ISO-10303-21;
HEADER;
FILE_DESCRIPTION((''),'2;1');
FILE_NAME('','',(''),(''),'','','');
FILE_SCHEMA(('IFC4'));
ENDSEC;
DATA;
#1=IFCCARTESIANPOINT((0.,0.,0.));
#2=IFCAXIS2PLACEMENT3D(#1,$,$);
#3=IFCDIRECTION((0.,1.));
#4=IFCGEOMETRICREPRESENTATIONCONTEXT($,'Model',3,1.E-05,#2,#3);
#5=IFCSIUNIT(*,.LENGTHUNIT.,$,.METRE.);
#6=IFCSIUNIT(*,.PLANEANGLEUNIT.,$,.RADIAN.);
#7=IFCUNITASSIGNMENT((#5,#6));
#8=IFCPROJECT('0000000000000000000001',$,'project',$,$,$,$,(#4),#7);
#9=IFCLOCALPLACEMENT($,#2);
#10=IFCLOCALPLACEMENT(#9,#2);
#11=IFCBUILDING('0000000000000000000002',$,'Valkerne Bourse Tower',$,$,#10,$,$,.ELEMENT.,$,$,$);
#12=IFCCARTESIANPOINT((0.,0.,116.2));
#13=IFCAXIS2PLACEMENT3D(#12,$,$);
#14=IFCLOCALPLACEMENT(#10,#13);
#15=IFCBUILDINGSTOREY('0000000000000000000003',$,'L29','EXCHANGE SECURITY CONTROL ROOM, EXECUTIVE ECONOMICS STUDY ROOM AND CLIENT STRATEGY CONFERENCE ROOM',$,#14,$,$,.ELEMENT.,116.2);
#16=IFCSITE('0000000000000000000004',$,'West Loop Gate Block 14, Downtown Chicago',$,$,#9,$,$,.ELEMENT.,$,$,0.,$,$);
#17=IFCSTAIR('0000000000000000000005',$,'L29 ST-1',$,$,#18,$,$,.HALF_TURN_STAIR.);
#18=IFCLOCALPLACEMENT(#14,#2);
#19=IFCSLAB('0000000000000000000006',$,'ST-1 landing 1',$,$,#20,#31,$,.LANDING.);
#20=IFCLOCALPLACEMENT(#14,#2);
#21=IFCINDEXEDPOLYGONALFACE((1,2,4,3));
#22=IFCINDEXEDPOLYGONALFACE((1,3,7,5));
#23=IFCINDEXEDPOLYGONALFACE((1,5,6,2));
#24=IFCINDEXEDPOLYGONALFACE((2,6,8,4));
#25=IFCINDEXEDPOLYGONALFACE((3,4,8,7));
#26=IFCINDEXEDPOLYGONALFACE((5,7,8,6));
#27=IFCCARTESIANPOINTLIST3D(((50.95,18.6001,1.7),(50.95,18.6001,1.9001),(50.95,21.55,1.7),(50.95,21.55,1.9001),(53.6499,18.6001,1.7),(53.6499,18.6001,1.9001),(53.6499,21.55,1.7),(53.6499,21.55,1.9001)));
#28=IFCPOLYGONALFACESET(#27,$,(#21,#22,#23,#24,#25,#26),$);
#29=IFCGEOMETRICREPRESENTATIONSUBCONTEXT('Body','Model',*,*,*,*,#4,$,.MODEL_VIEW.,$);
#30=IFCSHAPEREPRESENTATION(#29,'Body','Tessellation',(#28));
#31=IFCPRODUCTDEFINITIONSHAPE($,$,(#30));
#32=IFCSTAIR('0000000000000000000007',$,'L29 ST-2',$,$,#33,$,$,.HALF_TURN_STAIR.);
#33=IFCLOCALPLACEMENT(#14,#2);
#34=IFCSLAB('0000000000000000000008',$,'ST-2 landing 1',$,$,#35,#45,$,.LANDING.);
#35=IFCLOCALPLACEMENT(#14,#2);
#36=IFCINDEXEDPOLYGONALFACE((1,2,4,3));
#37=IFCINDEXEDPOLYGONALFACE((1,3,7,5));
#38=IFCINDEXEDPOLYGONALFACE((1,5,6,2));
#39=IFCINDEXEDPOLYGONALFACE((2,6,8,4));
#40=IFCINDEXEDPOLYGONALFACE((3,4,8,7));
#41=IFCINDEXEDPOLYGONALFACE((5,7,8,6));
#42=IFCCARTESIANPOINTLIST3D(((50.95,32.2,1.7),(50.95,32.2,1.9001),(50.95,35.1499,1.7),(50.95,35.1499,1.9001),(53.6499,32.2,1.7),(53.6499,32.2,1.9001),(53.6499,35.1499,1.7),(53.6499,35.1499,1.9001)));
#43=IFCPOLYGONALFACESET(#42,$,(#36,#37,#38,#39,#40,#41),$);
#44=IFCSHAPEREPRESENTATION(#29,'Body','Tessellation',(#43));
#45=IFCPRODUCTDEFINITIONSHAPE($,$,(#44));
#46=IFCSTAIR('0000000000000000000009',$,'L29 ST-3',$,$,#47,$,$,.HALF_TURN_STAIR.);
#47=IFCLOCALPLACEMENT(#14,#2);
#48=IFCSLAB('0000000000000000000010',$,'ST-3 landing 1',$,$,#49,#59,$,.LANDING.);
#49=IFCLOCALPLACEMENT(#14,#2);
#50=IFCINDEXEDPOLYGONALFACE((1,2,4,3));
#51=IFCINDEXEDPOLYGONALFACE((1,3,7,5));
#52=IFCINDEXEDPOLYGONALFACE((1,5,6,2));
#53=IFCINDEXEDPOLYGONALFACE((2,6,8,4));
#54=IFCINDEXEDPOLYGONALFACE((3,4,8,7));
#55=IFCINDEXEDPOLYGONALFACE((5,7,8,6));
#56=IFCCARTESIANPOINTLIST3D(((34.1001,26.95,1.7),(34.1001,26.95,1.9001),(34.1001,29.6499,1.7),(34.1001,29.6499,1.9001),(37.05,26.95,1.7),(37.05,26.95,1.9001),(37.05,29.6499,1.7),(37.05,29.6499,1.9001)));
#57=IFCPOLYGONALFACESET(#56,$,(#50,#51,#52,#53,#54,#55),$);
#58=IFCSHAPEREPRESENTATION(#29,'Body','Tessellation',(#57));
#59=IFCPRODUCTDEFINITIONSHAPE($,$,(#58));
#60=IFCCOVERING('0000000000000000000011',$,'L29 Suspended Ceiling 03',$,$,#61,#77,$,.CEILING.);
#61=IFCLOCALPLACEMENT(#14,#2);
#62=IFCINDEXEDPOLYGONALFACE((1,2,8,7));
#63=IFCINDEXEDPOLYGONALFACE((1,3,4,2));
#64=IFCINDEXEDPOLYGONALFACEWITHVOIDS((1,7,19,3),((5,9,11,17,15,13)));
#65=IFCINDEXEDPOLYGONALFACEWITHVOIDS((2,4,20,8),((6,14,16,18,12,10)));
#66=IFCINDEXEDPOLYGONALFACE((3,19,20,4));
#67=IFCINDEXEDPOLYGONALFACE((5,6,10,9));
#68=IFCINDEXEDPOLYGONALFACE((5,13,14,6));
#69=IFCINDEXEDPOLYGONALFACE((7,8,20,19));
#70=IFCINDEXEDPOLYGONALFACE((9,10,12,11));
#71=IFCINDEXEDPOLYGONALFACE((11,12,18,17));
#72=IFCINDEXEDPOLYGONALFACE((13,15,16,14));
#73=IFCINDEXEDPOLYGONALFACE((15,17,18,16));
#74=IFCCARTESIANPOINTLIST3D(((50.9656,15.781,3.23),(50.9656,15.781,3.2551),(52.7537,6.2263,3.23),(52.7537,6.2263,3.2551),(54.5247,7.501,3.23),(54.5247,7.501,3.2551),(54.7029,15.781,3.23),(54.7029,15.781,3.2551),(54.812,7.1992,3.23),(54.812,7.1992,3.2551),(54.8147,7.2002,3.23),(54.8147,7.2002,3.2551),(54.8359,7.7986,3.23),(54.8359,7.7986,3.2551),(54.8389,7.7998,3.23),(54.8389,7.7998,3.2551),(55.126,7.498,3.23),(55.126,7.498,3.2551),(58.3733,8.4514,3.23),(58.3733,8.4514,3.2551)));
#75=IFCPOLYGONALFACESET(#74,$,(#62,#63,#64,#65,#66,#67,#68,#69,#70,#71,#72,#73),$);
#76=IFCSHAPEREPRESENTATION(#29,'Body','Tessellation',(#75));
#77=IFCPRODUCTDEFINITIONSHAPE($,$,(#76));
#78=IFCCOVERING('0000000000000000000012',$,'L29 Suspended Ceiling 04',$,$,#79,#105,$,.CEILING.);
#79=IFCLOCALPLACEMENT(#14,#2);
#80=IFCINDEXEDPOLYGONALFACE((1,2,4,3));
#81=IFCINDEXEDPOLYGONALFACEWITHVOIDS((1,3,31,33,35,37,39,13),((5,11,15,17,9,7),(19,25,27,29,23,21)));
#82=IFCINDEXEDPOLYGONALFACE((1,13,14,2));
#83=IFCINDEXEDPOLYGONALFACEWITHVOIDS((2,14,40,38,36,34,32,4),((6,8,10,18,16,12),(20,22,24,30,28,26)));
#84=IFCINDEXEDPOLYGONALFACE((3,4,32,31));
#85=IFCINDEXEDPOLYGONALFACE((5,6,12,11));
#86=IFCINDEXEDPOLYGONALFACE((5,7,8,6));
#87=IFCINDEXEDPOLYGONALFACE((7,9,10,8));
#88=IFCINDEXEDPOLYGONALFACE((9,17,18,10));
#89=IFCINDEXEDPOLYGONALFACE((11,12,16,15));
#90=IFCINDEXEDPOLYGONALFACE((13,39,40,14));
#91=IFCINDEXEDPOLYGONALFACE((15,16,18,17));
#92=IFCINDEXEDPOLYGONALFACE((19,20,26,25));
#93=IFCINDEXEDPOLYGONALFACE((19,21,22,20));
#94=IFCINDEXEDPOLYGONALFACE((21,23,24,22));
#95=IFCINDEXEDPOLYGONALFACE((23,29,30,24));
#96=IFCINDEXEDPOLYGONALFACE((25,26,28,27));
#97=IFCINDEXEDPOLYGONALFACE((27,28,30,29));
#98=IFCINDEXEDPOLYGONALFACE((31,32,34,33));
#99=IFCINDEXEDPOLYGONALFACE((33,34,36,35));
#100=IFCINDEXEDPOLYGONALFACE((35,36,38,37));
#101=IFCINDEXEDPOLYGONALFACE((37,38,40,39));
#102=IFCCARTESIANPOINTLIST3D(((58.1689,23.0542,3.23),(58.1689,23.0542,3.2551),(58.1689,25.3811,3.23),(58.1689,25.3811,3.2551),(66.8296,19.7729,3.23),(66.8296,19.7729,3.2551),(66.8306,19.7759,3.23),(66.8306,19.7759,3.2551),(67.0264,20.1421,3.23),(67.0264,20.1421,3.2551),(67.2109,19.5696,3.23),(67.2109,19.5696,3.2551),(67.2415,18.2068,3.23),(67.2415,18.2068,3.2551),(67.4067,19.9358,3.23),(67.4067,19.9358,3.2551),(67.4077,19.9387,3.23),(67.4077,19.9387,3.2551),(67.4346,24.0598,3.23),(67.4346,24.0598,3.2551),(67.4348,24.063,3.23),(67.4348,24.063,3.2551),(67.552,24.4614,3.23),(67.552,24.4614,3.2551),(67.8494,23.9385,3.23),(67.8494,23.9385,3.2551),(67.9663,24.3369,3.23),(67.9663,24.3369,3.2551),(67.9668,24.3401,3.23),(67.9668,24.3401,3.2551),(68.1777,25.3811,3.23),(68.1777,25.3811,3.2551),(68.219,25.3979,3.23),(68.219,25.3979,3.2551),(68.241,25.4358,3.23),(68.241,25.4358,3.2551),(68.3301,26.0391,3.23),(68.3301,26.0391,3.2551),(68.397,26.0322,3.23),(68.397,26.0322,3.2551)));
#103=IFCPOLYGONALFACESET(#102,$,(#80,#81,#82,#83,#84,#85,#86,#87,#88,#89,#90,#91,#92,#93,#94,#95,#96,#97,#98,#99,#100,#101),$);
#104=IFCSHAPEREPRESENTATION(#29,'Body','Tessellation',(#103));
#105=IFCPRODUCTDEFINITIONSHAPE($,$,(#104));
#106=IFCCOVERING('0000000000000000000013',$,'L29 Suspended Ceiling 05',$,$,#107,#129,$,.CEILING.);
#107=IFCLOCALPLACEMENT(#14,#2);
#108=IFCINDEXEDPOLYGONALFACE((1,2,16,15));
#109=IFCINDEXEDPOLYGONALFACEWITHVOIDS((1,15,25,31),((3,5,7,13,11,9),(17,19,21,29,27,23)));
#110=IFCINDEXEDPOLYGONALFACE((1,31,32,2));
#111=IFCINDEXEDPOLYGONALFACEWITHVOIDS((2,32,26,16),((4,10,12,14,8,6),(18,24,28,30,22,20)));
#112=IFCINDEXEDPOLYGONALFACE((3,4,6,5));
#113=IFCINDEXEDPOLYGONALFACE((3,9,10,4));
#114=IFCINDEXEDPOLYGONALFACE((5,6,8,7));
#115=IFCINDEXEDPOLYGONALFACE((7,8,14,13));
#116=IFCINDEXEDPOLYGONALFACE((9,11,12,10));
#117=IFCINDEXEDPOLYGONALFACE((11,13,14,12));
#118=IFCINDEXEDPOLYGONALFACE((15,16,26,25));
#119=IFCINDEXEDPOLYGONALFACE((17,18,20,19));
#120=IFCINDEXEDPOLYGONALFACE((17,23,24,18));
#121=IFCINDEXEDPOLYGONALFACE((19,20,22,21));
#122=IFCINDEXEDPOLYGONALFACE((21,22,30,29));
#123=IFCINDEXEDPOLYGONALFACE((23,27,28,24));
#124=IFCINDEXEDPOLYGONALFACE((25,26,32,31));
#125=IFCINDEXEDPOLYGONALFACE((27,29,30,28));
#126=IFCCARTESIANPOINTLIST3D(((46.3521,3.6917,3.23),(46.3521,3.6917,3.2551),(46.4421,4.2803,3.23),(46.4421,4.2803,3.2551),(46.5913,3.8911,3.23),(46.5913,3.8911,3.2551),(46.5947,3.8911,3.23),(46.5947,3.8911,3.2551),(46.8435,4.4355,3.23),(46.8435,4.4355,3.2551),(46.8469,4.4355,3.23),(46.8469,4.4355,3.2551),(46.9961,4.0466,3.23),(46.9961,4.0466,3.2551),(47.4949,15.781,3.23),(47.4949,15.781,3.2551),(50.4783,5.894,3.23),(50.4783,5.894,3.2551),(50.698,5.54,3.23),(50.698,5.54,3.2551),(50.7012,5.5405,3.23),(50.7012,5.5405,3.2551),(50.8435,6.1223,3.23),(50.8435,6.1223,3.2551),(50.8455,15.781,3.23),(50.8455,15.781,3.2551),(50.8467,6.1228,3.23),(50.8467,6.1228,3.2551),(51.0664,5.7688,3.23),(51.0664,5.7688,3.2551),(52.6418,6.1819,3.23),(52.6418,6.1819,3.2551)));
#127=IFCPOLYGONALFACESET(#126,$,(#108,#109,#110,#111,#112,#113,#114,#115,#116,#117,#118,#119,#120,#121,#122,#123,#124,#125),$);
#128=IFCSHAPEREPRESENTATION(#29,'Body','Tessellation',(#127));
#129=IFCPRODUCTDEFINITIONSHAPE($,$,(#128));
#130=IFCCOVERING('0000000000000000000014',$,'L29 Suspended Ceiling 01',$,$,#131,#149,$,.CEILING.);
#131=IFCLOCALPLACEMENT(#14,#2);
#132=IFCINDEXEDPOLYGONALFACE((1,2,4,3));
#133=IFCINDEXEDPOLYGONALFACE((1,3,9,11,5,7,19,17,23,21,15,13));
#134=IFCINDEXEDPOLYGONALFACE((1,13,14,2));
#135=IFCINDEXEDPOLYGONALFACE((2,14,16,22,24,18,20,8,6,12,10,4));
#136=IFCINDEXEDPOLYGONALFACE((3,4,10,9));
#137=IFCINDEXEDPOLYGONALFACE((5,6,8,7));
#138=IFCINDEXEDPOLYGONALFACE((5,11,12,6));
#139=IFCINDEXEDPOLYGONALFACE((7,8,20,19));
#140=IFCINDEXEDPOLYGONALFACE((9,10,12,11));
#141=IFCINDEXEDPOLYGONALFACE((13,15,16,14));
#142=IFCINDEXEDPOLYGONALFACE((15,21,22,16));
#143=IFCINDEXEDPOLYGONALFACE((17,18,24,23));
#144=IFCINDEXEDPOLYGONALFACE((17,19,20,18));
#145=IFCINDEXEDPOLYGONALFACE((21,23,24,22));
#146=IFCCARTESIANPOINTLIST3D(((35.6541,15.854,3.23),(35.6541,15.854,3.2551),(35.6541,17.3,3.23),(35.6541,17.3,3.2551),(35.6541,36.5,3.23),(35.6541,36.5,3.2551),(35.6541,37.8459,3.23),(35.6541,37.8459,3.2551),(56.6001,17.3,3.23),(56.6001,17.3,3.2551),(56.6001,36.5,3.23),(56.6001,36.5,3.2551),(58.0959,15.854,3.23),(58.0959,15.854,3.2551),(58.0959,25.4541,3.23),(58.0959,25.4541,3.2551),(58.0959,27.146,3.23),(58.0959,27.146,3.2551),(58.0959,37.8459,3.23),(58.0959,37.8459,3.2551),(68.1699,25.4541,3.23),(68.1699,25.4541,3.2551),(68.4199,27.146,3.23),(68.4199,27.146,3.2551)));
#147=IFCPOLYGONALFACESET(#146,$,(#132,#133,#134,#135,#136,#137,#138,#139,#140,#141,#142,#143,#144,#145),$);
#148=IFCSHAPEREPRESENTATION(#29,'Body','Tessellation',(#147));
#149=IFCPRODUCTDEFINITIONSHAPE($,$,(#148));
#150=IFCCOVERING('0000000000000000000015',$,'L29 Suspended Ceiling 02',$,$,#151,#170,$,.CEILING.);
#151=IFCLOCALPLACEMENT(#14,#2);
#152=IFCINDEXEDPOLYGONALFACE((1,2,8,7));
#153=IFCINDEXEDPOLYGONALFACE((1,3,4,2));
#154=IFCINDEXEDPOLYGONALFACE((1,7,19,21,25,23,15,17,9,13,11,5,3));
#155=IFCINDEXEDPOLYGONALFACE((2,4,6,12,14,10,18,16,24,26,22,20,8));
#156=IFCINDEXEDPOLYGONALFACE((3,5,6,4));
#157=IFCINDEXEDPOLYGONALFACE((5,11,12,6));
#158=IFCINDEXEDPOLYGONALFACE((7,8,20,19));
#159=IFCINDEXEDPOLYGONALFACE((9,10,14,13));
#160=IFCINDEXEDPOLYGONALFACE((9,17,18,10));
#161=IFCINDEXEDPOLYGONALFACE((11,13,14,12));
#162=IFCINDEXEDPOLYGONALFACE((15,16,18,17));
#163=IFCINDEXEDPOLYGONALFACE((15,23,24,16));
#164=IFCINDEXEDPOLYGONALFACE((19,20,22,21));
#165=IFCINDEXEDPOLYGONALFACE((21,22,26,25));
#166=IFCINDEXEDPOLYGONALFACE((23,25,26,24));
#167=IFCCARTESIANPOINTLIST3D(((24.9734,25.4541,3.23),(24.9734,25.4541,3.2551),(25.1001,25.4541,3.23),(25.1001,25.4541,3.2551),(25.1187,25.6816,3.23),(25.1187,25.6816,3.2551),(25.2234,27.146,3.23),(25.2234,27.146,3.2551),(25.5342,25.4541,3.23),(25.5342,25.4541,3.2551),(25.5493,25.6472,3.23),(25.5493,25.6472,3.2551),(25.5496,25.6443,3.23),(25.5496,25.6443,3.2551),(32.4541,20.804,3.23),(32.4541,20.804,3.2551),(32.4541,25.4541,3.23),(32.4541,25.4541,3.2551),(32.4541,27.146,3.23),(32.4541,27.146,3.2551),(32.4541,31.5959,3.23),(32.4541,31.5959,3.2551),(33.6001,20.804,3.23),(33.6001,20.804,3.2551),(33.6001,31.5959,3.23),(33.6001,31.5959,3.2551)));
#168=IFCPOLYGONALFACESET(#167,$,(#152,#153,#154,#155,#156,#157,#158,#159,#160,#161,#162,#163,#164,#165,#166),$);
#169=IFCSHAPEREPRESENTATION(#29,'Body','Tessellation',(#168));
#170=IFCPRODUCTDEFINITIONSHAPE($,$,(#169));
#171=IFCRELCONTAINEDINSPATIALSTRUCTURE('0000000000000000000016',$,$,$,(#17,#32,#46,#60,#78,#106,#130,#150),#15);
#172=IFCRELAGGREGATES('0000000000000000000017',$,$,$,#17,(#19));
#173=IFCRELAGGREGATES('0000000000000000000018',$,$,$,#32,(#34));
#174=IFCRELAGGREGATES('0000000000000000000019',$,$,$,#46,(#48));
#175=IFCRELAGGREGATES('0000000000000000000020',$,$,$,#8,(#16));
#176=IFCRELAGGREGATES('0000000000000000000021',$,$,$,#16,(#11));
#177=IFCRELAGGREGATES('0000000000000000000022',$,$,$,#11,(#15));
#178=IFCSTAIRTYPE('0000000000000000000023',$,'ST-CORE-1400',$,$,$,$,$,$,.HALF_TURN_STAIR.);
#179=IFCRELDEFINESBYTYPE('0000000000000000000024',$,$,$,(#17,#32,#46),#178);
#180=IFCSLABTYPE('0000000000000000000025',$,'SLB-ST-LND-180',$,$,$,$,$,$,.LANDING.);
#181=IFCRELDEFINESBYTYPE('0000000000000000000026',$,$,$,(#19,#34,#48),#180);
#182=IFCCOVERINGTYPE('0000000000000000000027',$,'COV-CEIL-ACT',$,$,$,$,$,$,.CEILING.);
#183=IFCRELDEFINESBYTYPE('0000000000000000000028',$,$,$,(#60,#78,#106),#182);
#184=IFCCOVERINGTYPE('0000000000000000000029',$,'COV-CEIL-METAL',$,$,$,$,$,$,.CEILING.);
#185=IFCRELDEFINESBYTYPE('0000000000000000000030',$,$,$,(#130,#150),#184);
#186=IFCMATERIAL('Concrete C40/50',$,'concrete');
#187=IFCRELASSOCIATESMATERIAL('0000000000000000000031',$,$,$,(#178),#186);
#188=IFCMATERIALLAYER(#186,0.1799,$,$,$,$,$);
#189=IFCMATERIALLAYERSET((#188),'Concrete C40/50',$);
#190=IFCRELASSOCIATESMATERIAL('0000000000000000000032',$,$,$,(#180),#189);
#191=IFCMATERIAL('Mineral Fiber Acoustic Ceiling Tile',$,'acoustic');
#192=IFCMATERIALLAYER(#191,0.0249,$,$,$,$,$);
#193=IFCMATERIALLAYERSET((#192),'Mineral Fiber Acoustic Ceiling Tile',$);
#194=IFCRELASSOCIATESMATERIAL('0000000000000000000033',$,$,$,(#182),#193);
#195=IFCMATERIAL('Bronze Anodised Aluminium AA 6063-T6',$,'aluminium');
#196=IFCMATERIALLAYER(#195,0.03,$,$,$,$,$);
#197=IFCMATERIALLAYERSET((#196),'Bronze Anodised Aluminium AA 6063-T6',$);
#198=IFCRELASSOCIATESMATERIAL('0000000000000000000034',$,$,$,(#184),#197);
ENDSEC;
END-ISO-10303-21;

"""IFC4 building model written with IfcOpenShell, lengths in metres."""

from ifc_helpers import new_model, si_unit, direction, frame, origin, place, context, subcontext, project, spatial, polyline, outline, extrude, material, layer, layer_set, type_object, element, aggregate, save


model = new_model("IFC4")

# Units and contexts
model_context = context("Model", 3, precision=1e-05, world=origin(), true_north=direction((0.0, 1.0)))
body_context = subcontext(model_context, "Body", "Model", "MODEL_VIEW")
ifc_project = project(units=[si_unit("LENGTHUNIT", "METRE"), si_unit("PLANEANGLEUNIT", "RADIAN")], contexts=[model_context])

# Site, building, storey
site_placement = place(None, origin())
site = spatial("IfcSite", under=ifc_project, at=site_placement, Name="West Loop Gate Block 14, Downtown Chicago", CompositionType="ELEMENT", RefElevation=0.0)
building_placement = place(site_placement, origin())
building = spatial("IfcBuilding", under=site, at=building_placement, Name="Valkerne Bourse Tower", CompositionType="ELEMENT")
storey_placement = place(building_placement, frame((0.0, 0.0, 116.2)))
storey = spatial("IfcBuildingStorey", under=building, at=storey_placement, Name="L29", Description="EXCHANGE SECURITY CONTROL ROOM, EXECUTIVE ECONOMICS STUDY ROOM AND CLIENT STRATEGY CONFERENCE ROOM", CompositionType="ELEMENT", Elevation=116.2)

# Stairs, slabs
ifc_material_1 = material(Name="Concrete C40/50", Category="concrete")
stair_type = type_object("IfcStairType", Name="ST-CORE-1400", PredefinedType="HALF_TURN_STAIR", material=ifc_material_1)
stair_1_placement = place(storey_placement, origin())
stair_1 = element("IfcStair", 1, at=stair_1_placement, inside=storey, type_object=stair_type, Name="L29 ST-1", PredefinedType="HALF_TURN_STAIR")
ifc_layer_1 = layer(ifc_material_1, 0.1799)
ifc_layer_set_1 = layer_set([ifc_layer_1], Name="Concrete C40/50")
slab_type = type_object("IfcSlabType", Name="SLB-ST-LND-180", PredefinedType="LANDING", material=ifc_layer_set_1)
slab_1_placement = place(storey_placement, frame((0.0, 0.0, 1.7)))
slab_1 = element("IfcSlab", 2, at=slab_1_placement, type_object=slab_type, Name="ST-1 landing 1", PredefinedType="LANDING", context=body_context, shape_type="SweptSolid", body=[
    extrude(outline(polyline([(50.95, 18.6001), (53.6499, 18.6001), (53.6499, 21.55), (50.95, 21.55), (50.95, 18.6001)])), origin(), (0.0, 0.0, 1.0), 0.2002),
])
aggregate(stair_1, [slab_1])
stair_2_placement = place(storey_placement, origin())
stair_2 = element("IfcStair", 3, at=stair_2_placement, inside=storey, type_object=stair_type, Name="L29 ST-2", PredefinedType="HALF_TURN_STAIR")
slab_2_placement = place(storey_placement, frame((0.0, 0.0, 1.7)))
slab_2 = element("IfcSlab", 4, at=slab_2_placement, type_object=slab_type, Name="ST-2 landing 1", PredefinedType="LANDING", context=body_context, shape_type="SweptSolid", body=[
    extrude(outline(polyline([(50.95, 32.2), (53.6499, 32.2), (53.6499, 35.1499), (50.95, 35.1499), (50.95, 32.2)])), origin(), (0.0, 0.0, 1.0), 0.2002),
])
aggregate(stair_2, [slab_2])
stair_3_placement = place(storey_placement, origin())
stair_3 = element("IfcStair", 5, at=stair_3_placement, inside=storey, type_object=stair_type, Name="L29 ST-3", PredefinedType="HALF_TURN_STAIR")
slab_3_placement = place(storey_placement, frame((0.0, 0.0, 1.7)))
slab_3 = element("IfcSlab", 6, at=slab_3_placement, type_object=slab_type, Name="ST-3 landing 1", PredefinedType="LANDING", context=body_context, shape_type="SweptSolid", body=[
    extrude(outline(polyline([(37.05, 26.95), (37.05, 29.6499), (34.1001, 29.6499), (34.1001, 26.95), (37.05, 26.95)])), origin(), (0.0, 0.0, 1.0), 0.2002),
])
aggregate(stair_3, [slab_3])

# Coverings
ifc_material_2 = material(Name="Mineral Fiber Acoustic Ceiling Tile", Category="acoustic")
ifc_layer_2 = layer(ifc_material_2, 0.0249)
ifc_layer_set_2 = layer_set([ifc_layer_2], Name="Mineral Fiber Acoustic Ceiling Tile")
covering_type_1 = type_object("IfcCoveringType", Name="COV-CEIL-ACT", PredefinedType="CEILING", material=ifc_layer_set_2)
covering_1_placement = place(storey_placement, frame((0.0, 0.0, 3.23)))
element("IfcCovering", 7, at=covering_1_placement, inside=storey, type_object=covering_type_1, Name="L29 Suspended Ceiling 03", PredefinedType="CEILING", context=body_context, shape_type="SweptSolid", body=[
    extrude(outline(polyline([(54.7029, 15.781), (58.3733, 8.4514), (52.7537, 6.2263), (50.9656, 15.781), (54.7029, 15.781)]), holes=[polyline([(55.126, 7.498), (54.8389, 7.7998), (54.8359, 7.7986), (54.5247, 7.501), (54.812, 7.1992), (54.8147, 7.2002), (55.126, 7.498)])]), origin(), (0.0, 0.0, 1.0), 0.0251),
])
covering_2_placement = place(storey_placement, frame((0.0, 0.0, 3.23)))
element("IfcCovering", 8, at=covering_2_placement, inside=storey, type_object=covering_type_1, Name="L29 Suspended Ceiling 04", PredefinedType="CEILING", context=body_context, shape_type="SweptSolid", body=[
    extrude(outline(polyline([(58.1689, 25.3811), (68.1777, 25.3811), (68.219, 25.3979), (68.241, 25.4358), (68.3301, 26.0391), (68.397, 26.0322), (67.2415, 18.2068), (58.1689, 23.0542), (58.1689, 25.3811)]), holes=[polyline([(67.4077, 19.9387), (67.0264, 20.1421), (66.8306, 19.7759), (66.8296, 19.7729), (67.2109, 19.5696), (67.4067, 19.9358), (67.4077, 19.9387)]), polyline([(67.9668, 24.3401), (67.552, 24.4614), (67.4348, 24.063), (67.4346, 24.0598), (67.8494, 23.9385), (67.9663, 24.3369), (67.9668, 24.3401)])]), origin(), (0.0, 0.0, 1.0), 0.0251),
])
covering_3_placement = place(storey_placement, frame((0.0, 0.0, 3.23)))
element("IfcCovering", 9, at=covering_3_placement, inside=storey, type_object=covering_type_1, Name="L29 Suspended Ceiling 05", PredefinedType="CEILING", context=body_context, shape_type="SweptSolid", body=[
    extrude(outline(polyline([(50.8455, 15.781), (52.6418, 6.1819), (46.3521, 3.6917), (47.4949, 15.781), (50.8455, 15.781)]), holes=[polyline([(46.9961, 4.0466), (46.8469, 4.4355), (46.8435, 4.4355), (46.4421, 4.2803), (46.5913, 3.8911), (46.5947, 3.8911), (46.9961, 4.0466)]), polyline([(51.0664, 5.7688), (50.8467, 6.1228), (50.8435, 6.1223), (50.4783, 5.894), (50.698, 5.54), (50.7012, 5.5405), (51.0664, 5.7688)])]), origin(), (0.0, 0.0, 1.0), 0.0251),
])
ifc_material_3 = material(Name="Bronze Anodised Aluminium AA 6063-T6", Category="aluminium")
ifc_layer_3 = layer(ifc_material_3, 0.03)
ifc_layer_set_3 = layer_set([ifc_layer_3], Name="Bronze Anodised Aluminium AA 6063-T6")
covering_type_2 = type_object("IfcCoveringType", Name="COV-CEIL-METAL", PredefinedType="CEILING", material=ifc_layer_set_3)
covering_4_placement = place(storey_placement, frame((0.0, 0.0, 3.23)))
element("IfcCovering", 10, at=covering_4_placement, inside=storey, type_object=covering_type_2, Name="L29 Suspended Ceiling 01", PredefinedType="CEILING", context=body_context, shape_type="SweptSolid", body=[
    extrude(outline(polyline([(68.4199, 27.146), (68.1699, 25.4541), (58.0959, 25.4541), (58.0959, 15.854), (35.6541, 15.854), (35.6541, 17.3), (56.6001, 17.3), (56.6001, 36.5), (35.6541, 36.5), (35.6541, 37.8459), (58.0959, 37.8459), (58.0959, 27.146), (68.4199, 27.146)])), origin(), (0.0, 0.0, 1.0), 0.0251),
])
covering_5_placement = place(storey_placement, frame((0.0, 0.0, 3.23)))
element("IfcCovering", 11, at=covering_5_placement, inside=storey, type_object=covering_type_2, Name="L29 Suspended Ceiling 02", PredefinedType="CEILING", context=body_context, shape_type="SweptSolid", body=[
    extrude(outline(polyline([(32.4541, 20.804), (32.4541, 25.4541), (25.5342, 25.4541), (25.5496, 25.6443), (25.5493, 25.6472), (25.1187, 25.6816), (25.1001, 25.4541), (24.9734, 25.4541), (25.2234, 27.146), (32.4541, 27.146), (32.4541, 31.5959), (33.6001, 31.5959), (33.6001, 20.804), (32.4541, 20.804)])), origin(), (0.0, 0.0, 1.0), 0.0251),
])

save(model, "model.ifc")
